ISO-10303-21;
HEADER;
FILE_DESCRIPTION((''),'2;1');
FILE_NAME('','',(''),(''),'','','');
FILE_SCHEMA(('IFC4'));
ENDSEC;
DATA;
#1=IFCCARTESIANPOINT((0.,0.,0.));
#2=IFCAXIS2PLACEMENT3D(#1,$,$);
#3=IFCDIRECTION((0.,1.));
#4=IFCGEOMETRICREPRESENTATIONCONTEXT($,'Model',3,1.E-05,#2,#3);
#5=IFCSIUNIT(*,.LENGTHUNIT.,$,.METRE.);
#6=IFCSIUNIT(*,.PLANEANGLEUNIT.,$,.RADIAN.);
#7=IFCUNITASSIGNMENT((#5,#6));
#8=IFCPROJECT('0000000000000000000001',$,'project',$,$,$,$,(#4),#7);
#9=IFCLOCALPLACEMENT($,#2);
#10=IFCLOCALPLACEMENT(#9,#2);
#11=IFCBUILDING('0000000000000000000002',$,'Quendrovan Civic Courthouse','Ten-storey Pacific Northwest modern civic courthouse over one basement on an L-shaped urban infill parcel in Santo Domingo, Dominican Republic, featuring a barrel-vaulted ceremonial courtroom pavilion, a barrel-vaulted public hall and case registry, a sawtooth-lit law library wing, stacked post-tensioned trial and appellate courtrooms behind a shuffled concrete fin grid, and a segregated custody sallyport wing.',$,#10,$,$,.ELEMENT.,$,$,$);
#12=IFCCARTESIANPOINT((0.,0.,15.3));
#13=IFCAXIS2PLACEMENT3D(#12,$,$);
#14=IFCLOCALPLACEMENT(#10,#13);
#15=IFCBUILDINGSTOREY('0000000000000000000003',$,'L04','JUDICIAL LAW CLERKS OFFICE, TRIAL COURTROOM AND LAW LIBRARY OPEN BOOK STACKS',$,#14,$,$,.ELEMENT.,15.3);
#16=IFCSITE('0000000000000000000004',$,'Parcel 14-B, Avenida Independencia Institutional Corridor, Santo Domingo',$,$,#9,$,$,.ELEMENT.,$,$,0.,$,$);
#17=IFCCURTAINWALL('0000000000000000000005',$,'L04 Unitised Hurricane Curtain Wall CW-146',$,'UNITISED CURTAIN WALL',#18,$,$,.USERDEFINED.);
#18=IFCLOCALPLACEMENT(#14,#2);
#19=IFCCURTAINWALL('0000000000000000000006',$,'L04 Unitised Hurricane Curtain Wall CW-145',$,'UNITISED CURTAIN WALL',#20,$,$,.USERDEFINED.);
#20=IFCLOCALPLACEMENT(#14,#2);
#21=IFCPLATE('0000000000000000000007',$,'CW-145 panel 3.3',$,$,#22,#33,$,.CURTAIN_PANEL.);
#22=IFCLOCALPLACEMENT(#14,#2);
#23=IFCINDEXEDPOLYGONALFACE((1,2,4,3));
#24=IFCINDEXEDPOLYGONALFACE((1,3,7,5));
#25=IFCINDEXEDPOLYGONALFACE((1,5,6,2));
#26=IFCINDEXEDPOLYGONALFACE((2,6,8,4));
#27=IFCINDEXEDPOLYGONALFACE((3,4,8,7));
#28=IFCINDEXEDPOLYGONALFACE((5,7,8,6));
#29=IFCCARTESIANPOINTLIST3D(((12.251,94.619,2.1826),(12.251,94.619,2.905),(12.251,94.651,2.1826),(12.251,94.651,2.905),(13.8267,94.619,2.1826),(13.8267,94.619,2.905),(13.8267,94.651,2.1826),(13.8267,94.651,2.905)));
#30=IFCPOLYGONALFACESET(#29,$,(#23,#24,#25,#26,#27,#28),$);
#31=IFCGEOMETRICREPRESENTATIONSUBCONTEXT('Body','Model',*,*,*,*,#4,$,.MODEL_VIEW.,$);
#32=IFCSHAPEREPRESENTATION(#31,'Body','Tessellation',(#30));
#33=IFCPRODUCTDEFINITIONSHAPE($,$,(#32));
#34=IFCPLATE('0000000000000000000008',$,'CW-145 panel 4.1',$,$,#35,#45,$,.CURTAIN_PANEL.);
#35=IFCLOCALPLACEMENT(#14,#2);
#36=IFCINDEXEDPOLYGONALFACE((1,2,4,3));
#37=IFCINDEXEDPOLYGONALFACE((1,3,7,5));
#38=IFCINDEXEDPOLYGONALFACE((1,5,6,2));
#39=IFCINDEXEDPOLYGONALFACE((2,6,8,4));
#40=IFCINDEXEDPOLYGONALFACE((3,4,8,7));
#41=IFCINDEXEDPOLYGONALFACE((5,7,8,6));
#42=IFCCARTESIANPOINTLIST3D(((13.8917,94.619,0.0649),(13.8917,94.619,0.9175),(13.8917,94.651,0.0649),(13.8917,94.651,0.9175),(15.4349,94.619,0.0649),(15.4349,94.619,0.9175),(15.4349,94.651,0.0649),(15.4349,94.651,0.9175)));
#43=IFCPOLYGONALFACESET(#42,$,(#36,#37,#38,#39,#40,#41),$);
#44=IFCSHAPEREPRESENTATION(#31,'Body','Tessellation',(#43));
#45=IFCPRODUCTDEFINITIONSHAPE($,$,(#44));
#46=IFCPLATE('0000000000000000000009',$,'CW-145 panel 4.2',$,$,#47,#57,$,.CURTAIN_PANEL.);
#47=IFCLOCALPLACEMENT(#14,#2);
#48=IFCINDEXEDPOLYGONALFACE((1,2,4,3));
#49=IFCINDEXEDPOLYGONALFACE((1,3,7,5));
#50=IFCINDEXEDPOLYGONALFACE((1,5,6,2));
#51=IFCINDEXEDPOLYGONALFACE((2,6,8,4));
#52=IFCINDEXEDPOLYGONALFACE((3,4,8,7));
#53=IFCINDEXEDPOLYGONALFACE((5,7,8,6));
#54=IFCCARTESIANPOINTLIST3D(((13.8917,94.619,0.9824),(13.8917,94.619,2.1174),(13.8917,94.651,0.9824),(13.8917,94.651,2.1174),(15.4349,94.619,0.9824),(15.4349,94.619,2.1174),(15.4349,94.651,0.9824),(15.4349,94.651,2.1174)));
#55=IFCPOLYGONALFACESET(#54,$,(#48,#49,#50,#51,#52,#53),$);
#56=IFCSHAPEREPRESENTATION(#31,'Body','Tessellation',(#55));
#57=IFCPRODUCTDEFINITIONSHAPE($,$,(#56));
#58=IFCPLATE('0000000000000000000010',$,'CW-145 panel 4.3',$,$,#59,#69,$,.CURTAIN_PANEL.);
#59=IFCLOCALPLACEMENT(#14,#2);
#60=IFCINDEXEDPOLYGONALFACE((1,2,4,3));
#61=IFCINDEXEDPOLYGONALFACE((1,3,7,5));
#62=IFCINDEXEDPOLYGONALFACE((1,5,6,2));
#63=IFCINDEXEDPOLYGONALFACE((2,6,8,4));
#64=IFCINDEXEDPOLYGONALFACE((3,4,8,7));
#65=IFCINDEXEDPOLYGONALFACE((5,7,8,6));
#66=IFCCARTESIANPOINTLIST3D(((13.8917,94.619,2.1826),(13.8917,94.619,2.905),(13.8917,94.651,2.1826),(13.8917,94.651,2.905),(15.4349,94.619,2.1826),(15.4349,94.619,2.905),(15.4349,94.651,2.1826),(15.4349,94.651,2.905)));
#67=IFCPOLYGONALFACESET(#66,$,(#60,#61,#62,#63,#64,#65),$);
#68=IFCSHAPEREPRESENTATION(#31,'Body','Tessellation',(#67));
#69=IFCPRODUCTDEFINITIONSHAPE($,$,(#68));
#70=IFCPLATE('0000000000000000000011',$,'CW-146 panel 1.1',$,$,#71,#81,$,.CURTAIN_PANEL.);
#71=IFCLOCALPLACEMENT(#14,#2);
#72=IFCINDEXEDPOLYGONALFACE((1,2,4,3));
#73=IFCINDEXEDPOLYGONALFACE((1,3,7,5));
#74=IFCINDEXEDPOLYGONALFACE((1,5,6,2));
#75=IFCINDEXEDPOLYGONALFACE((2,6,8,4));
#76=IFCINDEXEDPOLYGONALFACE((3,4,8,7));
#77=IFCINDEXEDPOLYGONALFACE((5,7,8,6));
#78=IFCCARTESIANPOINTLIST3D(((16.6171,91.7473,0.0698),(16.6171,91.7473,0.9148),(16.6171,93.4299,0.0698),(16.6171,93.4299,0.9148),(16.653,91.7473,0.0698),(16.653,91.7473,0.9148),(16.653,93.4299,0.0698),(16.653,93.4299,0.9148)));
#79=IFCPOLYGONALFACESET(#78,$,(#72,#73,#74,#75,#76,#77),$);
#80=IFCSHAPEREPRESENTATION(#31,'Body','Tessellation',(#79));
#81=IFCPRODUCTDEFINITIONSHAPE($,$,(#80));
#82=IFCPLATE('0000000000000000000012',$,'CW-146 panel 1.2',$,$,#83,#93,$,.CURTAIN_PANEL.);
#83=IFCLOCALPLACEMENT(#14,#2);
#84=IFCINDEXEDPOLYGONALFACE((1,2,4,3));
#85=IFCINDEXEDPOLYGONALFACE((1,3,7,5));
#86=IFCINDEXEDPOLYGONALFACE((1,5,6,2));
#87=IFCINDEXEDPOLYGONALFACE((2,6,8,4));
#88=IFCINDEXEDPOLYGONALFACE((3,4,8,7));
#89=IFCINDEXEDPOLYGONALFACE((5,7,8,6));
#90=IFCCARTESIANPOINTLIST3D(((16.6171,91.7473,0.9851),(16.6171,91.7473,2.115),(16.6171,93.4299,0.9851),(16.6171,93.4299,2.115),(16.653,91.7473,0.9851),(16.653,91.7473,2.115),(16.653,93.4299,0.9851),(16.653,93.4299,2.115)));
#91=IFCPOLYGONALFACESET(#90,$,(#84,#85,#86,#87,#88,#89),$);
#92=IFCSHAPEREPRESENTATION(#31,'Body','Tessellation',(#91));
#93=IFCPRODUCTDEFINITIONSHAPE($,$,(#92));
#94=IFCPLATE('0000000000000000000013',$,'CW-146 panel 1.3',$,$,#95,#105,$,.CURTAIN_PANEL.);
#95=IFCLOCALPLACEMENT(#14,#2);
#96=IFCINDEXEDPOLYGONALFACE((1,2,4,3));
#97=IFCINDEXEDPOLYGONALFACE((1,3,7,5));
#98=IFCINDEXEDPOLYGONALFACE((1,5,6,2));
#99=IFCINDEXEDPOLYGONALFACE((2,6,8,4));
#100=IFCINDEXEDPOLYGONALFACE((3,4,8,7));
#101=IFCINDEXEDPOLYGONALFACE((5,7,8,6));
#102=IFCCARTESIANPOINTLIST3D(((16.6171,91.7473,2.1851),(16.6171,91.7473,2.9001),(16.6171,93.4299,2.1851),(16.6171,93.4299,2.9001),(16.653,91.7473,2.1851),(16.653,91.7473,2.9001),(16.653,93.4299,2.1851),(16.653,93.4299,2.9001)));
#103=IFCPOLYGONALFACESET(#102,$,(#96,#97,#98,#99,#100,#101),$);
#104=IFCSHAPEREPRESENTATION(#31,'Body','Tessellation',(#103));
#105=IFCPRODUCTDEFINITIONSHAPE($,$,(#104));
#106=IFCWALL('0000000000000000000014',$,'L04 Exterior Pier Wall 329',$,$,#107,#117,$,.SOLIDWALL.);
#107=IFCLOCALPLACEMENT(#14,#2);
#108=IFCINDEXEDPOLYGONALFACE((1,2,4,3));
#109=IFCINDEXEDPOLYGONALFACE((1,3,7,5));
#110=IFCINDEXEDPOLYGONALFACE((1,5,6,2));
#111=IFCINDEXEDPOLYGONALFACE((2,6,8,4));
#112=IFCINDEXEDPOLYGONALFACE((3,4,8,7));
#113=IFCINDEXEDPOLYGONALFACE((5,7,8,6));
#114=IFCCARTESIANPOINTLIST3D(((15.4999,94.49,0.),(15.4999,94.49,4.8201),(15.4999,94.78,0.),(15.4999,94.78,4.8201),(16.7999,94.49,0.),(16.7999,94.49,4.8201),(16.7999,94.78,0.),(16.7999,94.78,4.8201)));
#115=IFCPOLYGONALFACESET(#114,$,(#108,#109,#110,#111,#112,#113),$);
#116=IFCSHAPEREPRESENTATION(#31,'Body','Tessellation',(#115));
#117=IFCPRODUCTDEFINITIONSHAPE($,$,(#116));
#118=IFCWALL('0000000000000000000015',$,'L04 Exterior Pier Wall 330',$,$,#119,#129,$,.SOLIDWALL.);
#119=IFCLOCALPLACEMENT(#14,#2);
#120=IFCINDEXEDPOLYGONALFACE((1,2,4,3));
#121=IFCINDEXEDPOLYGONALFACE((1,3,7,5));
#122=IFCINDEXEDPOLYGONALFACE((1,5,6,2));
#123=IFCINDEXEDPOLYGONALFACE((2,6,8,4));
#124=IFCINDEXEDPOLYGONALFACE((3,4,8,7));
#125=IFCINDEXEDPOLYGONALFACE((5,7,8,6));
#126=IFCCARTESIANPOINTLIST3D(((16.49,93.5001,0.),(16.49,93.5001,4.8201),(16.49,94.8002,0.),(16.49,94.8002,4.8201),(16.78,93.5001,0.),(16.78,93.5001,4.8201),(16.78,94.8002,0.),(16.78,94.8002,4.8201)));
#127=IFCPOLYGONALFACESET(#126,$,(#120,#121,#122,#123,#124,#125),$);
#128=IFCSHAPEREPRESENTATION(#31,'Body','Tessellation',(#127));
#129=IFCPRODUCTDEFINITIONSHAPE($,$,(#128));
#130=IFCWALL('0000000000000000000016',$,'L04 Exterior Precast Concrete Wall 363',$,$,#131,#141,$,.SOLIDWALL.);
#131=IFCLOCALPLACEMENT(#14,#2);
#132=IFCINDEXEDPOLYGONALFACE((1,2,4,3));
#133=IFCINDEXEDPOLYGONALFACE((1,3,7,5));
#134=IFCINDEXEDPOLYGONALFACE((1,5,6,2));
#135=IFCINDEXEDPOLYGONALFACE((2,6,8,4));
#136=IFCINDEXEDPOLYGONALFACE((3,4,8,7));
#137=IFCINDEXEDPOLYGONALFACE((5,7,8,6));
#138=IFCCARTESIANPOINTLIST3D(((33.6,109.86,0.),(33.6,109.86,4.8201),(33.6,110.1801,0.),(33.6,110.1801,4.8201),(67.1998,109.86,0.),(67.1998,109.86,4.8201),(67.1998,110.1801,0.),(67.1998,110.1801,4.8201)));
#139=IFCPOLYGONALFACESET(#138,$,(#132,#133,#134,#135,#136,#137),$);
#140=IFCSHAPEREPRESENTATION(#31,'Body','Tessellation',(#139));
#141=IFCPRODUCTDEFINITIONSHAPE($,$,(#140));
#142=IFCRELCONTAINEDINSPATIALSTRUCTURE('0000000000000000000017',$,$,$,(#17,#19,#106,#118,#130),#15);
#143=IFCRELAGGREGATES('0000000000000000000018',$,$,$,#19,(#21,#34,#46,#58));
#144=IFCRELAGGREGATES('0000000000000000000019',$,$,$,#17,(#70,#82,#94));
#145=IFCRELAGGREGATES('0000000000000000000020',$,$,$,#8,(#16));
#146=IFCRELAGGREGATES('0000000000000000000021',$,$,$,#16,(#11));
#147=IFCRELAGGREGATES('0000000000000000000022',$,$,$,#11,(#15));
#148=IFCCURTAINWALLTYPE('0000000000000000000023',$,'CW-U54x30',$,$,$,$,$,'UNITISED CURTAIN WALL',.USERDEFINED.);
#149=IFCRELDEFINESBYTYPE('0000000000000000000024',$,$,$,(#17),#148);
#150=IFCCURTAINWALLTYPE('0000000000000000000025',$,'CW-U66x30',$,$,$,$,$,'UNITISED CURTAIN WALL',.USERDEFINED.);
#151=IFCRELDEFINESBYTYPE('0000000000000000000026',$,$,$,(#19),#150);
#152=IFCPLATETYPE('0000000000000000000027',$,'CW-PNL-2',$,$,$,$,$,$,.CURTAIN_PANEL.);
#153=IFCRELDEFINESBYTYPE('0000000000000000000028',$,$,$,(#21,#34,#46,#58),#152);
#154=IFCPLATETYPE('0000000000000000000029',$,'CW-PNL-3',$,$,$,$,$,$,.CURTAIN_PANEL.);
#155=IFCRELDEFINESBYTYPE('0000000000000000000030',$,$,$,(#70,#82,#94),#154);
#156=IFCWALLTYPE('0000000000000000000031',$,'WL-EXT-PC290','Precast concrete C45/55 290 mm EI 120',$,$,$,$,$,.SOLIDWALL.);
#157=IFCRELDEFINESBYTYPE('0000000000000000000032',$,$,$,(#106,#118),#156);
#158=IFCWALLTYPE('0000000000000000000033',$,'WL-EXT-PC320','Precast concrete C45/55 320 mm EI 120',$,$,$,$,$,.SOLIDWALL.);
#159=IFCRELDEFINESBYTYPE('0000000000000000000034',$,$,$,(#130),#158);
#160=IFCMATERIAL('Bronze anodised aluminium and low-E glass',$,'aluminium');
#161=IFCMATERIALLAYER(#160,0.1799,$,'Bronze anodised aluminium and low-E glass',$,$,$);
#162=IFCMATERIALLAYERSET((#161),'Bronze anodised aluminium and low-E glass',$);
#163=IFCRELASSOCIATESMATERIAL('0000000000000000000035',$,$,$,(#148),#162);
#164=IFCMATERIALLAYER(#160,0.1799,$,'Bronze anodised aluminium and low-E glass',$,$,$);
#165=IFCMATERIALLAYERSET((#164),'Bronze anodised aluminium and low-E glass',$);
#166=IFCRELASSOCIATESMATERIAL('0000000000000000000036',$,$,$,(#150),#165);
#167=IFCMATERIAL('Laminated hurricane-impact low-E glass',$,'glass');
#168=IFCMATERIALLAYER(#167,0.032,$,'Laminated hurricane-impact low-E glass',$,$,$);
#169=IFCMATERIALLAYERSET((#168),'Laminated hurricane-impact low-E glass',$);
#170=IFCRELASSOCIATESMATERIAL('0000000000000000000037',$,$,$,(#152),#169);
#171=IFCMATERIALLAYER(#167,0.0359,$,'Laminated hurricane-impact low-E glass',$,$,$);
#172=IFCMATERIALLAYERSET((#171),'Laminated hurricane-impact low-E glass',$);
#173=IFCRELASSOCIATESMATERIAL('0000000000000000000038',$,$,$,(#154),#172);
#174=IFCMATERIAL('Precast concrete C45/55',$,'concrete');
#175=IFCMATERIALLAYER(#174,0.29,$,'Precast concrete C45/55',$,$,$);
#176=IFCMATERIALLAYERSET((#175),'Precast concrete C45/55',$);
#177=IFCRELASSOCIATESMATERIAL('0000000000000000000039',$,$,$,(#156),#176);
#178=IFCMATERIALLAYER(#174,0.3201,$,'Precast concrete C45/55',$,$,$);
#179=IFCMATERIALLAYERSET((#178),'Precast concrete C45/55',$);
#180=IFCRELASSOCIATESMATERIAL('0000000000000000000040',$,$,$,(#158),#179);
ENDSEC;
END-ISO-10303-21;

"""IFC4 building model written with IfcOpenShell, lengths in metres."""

from ifc_helpers import new_model, si_unit, direction, frame, frame_2d, origin, origin_2d, place, context, subcontext, project, spatial, rectangle, extrude, material, layer, layer_set, type_object, element, aggregate, save


model = new_model("IFC4")

# Units and contexts
model_context = context("Model", 3, precision=1e-05, world=origin(), true_north=direction((0.0, 1.0)))
body_context = subcontext(model_context, "Body", "Model", "MODEL_VIEW")
ifc_project = project(units=[si_unit("LENGTHUNIT", "METRE"), si_unit("PLANEANGLEUNIT", "RADIAN")], contexts=[model_context])

# Site, building, storey
site_placement = place(None, origin())
site = spatial("IfcSite", under=ifc_project, at=site_placement, Name="Parcel 14-B, Avenida Independencia Institutional Corridor, Santo Domingo", CompositionType="ELEMENT", RefElevation=0.0)
building_placement = place(site_placement, origin())
building = spatial("IfcBuilding", under=site, at=building_placement, Name="Quendrovan Civic Courthouse", Description="Ten-storey Pacific Northwest modern civic courthouse over one basement on an L-shaped urban infill parcel in Santo Domingo, Dominican Republic, featuring a barrel-vaulted ceremonial courtroom pavilion, a barrel-vaulted public hall and case registry, a sawtooth-lit law library wing, stacked post-tensioned trial and appellate courtrooms behind a shuffled concrete fin grid, and a segregated custody sallyport wing.", CompositionType="ELEMENT")
storey_placement = place(building_placement, frame((0.0, 0.0, 15.3)))
storey = spatial("IfcBuildingStorey", under=building, at=storey_placement, Name="L04", Description="JUDICIAL LAW CLERKS OFFICE, TRIAL COURTROOM AND LAW LIBRARY OPEN BOOK STACKS", CompositionType="ELEMENT", Elevation=15.3)

# Curtain wall
ifc_material_1 = material(Name="Bronze anodised aluminium and low-E glass", Category="aluminium")
ifc_layer_1 = layer(ifc_material_1, 0.1799, Name="Bronze anodised aluminium and low-E glass")
ifc_layer_set_1 = layer_set([ifc_layer_1], Name="Bronze anodised aluminium and low-E glass")
curtain_wall_type_1 = type_object("IfcCurtainWallType", Name="CW-U54x30", ElementType="UNITISED CURTAIN WALL", PredefinedType="USERDEFINED", material=ifc_layer_set_1)
curtain_wall_1_placement = place(storey_placement, origin())
curtain_wall_1 = element("IfcCurtainWall", 1, at=curtain_wall_1_placement, inside=storey, type_object=curtain_wall_type_1, Name="L04 Unitised Hurricane Curtain Wall CW-146", ObjectType="UNITISED CURTAIN WALL", PredefinedType="USERDEFINED")

# Curtain wall
ifc_layer_2 = layer(ifc_material_1, 0.1799, Name="Bronze anodised aluminium and low-E glass")
ifc_layer_set_2 = layer_set([ifc_layer_2], Name="Bronze anodised aluminium and low-E glass")
curtain_wall_type_2 = type_object("IfcCurtainWallType", Name="CW-U66x30", ElementType="UNITISED CURTAIN WALL", PredefinedType="USERDEFINED", material=ifc_layer_set_2)
curtain_wall_2_placement = place(storey_placement, origin())
curtain_wall_2 = element("IfcCurtainWall", 2, at=curtain_wall_2_placement, inside=storey, type_object=curtain_wall_type_2, Name="L04 Unitised Hurricane Curtain Wall CW-145", ObjectType="UNITISED CURTAIN WALL", PredefinedType="USERDEFINED")

# Plates
ifc_material_2 = material(Name="Laminated hurricane-impact low-E glass", Category="glass")
ifc_layer_3 = layer(ifc_material_2, 0.032, Name="Laminated hurricane-impact low-E glass")
ifc_layer_set_3 = layer_set([ifc_layer_3], Name="Laminated hurricane-impact low-E glass")
plate_type_1 = type_object("IfcPlateType", Name="CW-PNL-2", PredefinedType="CURTAIN_PANEL", material=ifc_layer_set_3)
plate_1_placement = place(storey_placement, frame((13.0388, 94.635, 2.1826), z_axis=(0.0, 0.0, 1.0), x_axis=(1.0, 0.0, 0.0)))
plate_1 = element("IfcPlate", 3, at=plate_1_placement, type_object=plate_type_1, Name="CW-145 panel 3.3", PredefinedType="CURTAIN_PANEL", context=body_context, shape_type="SweptSolid", body=[
    extrude(rectangle(XDim=1.5757, YDim=0.032, at=origin_2d()), origin(), (0.0, 0.0, 1.0), 0.7224),
])
plate_2_placement = place(storey_placement, frame((14.6633, 94.635, 0.0649), z_axis=(0.0, 0.0, 1.0), x_axis=(1.0, 0.0, 0.0)))
plate_2 = element("IfcPlate", 4, at=plate_2_placement, type_object=plate_type_1, Name="CW-145 panel 4.1", PredefinedType="CURTAIN_PANEL", context=body_context, shape_type="SweptSolid", body=[
    extrude(rectangle(XDim=1.5432, YDim=0.032, at=origin_2d()), origin(), (0.0, 0.0, 1.0), 0.8525),
])
plate_3_placement = place(storey_placement, frame((14.6633, 94.635, 0.9824), z_axis=(0.0, 0.0, 1.0), x_axis=(1.0, 0.0, 0.0)))
plate_3 = element("IfcPlate", 5, at=plate_3_placement, type_object=plate_type_1, Name="CW-145 panel 4.2", PredefinedType="CURTAIN_PANEL", context=body_context, shape_type="SweptSolid", body=[
    extrude(rectangle(XDim=1.5432, YDim=0.032, at=origin_2d()), origin(), (0.0, 0.0, 1.0), 1.135),
])
plate_4_placement = place(storey_placement, frame((14.6633, 94.635, 2.1826), z_axis=(0.0, 0.0, 1.0), x_axis=(1.0, 0.0, 0.0)))
plate_4 = element("IfcPlate", 6, at=plate_4_placement, type_object=plate_type_1, Name="CW-145 panel 4.3", PredefinedType="CURTAIN_PANEL", context=body_context, shape_type="SweptSolid", body=[
    extrude(rectangle(XDim=1.5432, YDim=0.032, at=origin_2d()), origin(), (0.0, 0.0, 1.0), 0.7224),
])
aggregate(curtain_wall_2, [plate_1, plate_2, plate_3, plate_4])
ifc_layer_4 = layer(ifc_material_2, 0.0359, Name="Laminated hurricane-impact low-E glass")
ifc_layer_set_4 = layer_set([ifc_layer_4], Name="Laminated hurricane-impact low-E glass")
plate_type_2 = type_object("IfcPlateType", Name="CW-PNL-3", PredefinedType="CURTAIN_PANEL", material=ifc_layer_set_4)
plate_5_placement = place(storey_placement, frame((16.635, 92.5886, 0.0698), z_axis=(0.0, 0.0, 1.0), x_axis=(0.0, -1.0, 0.0)))
plate_5 = element("IfcPlate", 7, at=plate_5_placement, type_object=plate_type_2, Name="CW-146 panel 1.1", PredefinedType="CURTAIN_PANEL", context=body_context, shape_type="SweptSolid", body=[
    extrude(rectangle(XDim=1.6826, YDim=0.0359, at=origin_2d()), origin(), (0.0, 0.0, 1.0), 0.845),
])
plate_6_placement = place(storey_placement, frame((16.635, 92.5886, 0.9851), z_axis=(0.0, 0.0, 1.0), x_axis=(0.0, -1.0, 0.0)))
plate_6 = element("IfcPlate", 8, at=plate_6_placement, type_object=plate_type_2, Name="CW-146 panel 1.2", PredefinedType="CURTAIN_PANEL", context=body_context, shape_type="SweptSolid", body=[
    extrude(rectangle(XDim=1.6826, YDim=0.0359, at=origin_2d()), origin(), (0.0, 0.0, 1.0), 1.1299),
])
plate_7_placement = place(storey_placement, frame((16.635, 92.5886, 2.1851), z_axis=(0.0, 0.0, 1.0), x_axis=(0.0, -1.0, 0.0)))
plate_7 = element("IfcPlate", 9, at=plate_7_placement, type_object=plate_type_2, Name="CW-146 panel 1.3", PredefinedType="CURTAIN_PANEL", context=body_context, shape_type="SweptSolid", body=[
    extrude(rectangle(XDim=1.6826, YDim=0.0359, at=origin_2d()), origin(), (0.0, 0.0, 1.0), 0.7151),
])
aggregate(curtain_wall_1, [plate_5, plate_6, plate_7])

# Walls
ifc_material_3 = material(Name="Precast concrete C45/55", Category="concrete")
ifc_layer_5 = layer(ifc_material_3, 0.29, Name="Precast concrete C45/55")
ifc_layer_set_5 = layer_set([ifc_layer_5], Name="Precast concrete C45/55")
wall_type_1 = type_object("IfcWallType", Name="WL-EXT-PC290", Description="Precast concrete C45/55 290 mm EI 120", PredefinedType="SOLIDWALL", material=ifc_layer_set_5)
for number, where, z_axis, x_axis, name in (
    (10, (15.5, 94.635, 0.0), (0.0, 0.0, 1.0), (1.0, 0.0, 0.0), "L04 Exterior Pier Wall 329"),
    (11, (16.635, 94.8, 0.0), (0.0, 0.0, 1.0), (0.0, -1.0, 0.0), "L04 Exterior Pier Wall 330"),
):
    element("IfcWall", number, at=place(storey_placement, frame(where, z_axis=z_axis, x_axis=x_axis)), inside=storey, type_object=wall_type_1, Name=name, PredefinedType="SOLIDWALL", context=body_context, shape_type="SweptSolid", body=[
        extrude(rectangle(XDim=1.3, YDim=0.29, at=frame_2d((0.6499, 0.0))), origin(), (0.0, 0.0, 1.0), 4.8201),
    ])
ifc_layer_6 = layer(ifc_material_3, 0.3201, Name="Precast concrete C45/55")
ifc_layer_set_6 = layer_set([ifc_layer_6], Name="Precast concrete C45/55")
wall_type_2 = type_object("IfcWallType", Name="WL-EXT-PC320", Description="Precast concrete C45/55 320 mm EI 120", PredefinedType="SOLIDWALL", material=ifc_layer_set_6)
wall_placement = place(storey_placement, frame((33.6001, 110.02, 0.0), z_axis=(0.0, 0.0, 1.0), x_axis=(1.0, 0.0, 0.0)))
element("IfcWall", 12, at=wall_placement, inside=storey, type_object=wall_type_2, Name="L04 Exterior Precast Concrete Wall 363", PredefinedType="SOLIDWALL", context=body_context, shape_type="SweptSolid", body=[
    extrude(rectangle(XDim=33.5999, YDim=0.3201, at=frame_2d((16.7998, 0.0))), origin(), (0.0, 0.0, 1.0), 4.8201),
])

save(model, "model.ifc")
